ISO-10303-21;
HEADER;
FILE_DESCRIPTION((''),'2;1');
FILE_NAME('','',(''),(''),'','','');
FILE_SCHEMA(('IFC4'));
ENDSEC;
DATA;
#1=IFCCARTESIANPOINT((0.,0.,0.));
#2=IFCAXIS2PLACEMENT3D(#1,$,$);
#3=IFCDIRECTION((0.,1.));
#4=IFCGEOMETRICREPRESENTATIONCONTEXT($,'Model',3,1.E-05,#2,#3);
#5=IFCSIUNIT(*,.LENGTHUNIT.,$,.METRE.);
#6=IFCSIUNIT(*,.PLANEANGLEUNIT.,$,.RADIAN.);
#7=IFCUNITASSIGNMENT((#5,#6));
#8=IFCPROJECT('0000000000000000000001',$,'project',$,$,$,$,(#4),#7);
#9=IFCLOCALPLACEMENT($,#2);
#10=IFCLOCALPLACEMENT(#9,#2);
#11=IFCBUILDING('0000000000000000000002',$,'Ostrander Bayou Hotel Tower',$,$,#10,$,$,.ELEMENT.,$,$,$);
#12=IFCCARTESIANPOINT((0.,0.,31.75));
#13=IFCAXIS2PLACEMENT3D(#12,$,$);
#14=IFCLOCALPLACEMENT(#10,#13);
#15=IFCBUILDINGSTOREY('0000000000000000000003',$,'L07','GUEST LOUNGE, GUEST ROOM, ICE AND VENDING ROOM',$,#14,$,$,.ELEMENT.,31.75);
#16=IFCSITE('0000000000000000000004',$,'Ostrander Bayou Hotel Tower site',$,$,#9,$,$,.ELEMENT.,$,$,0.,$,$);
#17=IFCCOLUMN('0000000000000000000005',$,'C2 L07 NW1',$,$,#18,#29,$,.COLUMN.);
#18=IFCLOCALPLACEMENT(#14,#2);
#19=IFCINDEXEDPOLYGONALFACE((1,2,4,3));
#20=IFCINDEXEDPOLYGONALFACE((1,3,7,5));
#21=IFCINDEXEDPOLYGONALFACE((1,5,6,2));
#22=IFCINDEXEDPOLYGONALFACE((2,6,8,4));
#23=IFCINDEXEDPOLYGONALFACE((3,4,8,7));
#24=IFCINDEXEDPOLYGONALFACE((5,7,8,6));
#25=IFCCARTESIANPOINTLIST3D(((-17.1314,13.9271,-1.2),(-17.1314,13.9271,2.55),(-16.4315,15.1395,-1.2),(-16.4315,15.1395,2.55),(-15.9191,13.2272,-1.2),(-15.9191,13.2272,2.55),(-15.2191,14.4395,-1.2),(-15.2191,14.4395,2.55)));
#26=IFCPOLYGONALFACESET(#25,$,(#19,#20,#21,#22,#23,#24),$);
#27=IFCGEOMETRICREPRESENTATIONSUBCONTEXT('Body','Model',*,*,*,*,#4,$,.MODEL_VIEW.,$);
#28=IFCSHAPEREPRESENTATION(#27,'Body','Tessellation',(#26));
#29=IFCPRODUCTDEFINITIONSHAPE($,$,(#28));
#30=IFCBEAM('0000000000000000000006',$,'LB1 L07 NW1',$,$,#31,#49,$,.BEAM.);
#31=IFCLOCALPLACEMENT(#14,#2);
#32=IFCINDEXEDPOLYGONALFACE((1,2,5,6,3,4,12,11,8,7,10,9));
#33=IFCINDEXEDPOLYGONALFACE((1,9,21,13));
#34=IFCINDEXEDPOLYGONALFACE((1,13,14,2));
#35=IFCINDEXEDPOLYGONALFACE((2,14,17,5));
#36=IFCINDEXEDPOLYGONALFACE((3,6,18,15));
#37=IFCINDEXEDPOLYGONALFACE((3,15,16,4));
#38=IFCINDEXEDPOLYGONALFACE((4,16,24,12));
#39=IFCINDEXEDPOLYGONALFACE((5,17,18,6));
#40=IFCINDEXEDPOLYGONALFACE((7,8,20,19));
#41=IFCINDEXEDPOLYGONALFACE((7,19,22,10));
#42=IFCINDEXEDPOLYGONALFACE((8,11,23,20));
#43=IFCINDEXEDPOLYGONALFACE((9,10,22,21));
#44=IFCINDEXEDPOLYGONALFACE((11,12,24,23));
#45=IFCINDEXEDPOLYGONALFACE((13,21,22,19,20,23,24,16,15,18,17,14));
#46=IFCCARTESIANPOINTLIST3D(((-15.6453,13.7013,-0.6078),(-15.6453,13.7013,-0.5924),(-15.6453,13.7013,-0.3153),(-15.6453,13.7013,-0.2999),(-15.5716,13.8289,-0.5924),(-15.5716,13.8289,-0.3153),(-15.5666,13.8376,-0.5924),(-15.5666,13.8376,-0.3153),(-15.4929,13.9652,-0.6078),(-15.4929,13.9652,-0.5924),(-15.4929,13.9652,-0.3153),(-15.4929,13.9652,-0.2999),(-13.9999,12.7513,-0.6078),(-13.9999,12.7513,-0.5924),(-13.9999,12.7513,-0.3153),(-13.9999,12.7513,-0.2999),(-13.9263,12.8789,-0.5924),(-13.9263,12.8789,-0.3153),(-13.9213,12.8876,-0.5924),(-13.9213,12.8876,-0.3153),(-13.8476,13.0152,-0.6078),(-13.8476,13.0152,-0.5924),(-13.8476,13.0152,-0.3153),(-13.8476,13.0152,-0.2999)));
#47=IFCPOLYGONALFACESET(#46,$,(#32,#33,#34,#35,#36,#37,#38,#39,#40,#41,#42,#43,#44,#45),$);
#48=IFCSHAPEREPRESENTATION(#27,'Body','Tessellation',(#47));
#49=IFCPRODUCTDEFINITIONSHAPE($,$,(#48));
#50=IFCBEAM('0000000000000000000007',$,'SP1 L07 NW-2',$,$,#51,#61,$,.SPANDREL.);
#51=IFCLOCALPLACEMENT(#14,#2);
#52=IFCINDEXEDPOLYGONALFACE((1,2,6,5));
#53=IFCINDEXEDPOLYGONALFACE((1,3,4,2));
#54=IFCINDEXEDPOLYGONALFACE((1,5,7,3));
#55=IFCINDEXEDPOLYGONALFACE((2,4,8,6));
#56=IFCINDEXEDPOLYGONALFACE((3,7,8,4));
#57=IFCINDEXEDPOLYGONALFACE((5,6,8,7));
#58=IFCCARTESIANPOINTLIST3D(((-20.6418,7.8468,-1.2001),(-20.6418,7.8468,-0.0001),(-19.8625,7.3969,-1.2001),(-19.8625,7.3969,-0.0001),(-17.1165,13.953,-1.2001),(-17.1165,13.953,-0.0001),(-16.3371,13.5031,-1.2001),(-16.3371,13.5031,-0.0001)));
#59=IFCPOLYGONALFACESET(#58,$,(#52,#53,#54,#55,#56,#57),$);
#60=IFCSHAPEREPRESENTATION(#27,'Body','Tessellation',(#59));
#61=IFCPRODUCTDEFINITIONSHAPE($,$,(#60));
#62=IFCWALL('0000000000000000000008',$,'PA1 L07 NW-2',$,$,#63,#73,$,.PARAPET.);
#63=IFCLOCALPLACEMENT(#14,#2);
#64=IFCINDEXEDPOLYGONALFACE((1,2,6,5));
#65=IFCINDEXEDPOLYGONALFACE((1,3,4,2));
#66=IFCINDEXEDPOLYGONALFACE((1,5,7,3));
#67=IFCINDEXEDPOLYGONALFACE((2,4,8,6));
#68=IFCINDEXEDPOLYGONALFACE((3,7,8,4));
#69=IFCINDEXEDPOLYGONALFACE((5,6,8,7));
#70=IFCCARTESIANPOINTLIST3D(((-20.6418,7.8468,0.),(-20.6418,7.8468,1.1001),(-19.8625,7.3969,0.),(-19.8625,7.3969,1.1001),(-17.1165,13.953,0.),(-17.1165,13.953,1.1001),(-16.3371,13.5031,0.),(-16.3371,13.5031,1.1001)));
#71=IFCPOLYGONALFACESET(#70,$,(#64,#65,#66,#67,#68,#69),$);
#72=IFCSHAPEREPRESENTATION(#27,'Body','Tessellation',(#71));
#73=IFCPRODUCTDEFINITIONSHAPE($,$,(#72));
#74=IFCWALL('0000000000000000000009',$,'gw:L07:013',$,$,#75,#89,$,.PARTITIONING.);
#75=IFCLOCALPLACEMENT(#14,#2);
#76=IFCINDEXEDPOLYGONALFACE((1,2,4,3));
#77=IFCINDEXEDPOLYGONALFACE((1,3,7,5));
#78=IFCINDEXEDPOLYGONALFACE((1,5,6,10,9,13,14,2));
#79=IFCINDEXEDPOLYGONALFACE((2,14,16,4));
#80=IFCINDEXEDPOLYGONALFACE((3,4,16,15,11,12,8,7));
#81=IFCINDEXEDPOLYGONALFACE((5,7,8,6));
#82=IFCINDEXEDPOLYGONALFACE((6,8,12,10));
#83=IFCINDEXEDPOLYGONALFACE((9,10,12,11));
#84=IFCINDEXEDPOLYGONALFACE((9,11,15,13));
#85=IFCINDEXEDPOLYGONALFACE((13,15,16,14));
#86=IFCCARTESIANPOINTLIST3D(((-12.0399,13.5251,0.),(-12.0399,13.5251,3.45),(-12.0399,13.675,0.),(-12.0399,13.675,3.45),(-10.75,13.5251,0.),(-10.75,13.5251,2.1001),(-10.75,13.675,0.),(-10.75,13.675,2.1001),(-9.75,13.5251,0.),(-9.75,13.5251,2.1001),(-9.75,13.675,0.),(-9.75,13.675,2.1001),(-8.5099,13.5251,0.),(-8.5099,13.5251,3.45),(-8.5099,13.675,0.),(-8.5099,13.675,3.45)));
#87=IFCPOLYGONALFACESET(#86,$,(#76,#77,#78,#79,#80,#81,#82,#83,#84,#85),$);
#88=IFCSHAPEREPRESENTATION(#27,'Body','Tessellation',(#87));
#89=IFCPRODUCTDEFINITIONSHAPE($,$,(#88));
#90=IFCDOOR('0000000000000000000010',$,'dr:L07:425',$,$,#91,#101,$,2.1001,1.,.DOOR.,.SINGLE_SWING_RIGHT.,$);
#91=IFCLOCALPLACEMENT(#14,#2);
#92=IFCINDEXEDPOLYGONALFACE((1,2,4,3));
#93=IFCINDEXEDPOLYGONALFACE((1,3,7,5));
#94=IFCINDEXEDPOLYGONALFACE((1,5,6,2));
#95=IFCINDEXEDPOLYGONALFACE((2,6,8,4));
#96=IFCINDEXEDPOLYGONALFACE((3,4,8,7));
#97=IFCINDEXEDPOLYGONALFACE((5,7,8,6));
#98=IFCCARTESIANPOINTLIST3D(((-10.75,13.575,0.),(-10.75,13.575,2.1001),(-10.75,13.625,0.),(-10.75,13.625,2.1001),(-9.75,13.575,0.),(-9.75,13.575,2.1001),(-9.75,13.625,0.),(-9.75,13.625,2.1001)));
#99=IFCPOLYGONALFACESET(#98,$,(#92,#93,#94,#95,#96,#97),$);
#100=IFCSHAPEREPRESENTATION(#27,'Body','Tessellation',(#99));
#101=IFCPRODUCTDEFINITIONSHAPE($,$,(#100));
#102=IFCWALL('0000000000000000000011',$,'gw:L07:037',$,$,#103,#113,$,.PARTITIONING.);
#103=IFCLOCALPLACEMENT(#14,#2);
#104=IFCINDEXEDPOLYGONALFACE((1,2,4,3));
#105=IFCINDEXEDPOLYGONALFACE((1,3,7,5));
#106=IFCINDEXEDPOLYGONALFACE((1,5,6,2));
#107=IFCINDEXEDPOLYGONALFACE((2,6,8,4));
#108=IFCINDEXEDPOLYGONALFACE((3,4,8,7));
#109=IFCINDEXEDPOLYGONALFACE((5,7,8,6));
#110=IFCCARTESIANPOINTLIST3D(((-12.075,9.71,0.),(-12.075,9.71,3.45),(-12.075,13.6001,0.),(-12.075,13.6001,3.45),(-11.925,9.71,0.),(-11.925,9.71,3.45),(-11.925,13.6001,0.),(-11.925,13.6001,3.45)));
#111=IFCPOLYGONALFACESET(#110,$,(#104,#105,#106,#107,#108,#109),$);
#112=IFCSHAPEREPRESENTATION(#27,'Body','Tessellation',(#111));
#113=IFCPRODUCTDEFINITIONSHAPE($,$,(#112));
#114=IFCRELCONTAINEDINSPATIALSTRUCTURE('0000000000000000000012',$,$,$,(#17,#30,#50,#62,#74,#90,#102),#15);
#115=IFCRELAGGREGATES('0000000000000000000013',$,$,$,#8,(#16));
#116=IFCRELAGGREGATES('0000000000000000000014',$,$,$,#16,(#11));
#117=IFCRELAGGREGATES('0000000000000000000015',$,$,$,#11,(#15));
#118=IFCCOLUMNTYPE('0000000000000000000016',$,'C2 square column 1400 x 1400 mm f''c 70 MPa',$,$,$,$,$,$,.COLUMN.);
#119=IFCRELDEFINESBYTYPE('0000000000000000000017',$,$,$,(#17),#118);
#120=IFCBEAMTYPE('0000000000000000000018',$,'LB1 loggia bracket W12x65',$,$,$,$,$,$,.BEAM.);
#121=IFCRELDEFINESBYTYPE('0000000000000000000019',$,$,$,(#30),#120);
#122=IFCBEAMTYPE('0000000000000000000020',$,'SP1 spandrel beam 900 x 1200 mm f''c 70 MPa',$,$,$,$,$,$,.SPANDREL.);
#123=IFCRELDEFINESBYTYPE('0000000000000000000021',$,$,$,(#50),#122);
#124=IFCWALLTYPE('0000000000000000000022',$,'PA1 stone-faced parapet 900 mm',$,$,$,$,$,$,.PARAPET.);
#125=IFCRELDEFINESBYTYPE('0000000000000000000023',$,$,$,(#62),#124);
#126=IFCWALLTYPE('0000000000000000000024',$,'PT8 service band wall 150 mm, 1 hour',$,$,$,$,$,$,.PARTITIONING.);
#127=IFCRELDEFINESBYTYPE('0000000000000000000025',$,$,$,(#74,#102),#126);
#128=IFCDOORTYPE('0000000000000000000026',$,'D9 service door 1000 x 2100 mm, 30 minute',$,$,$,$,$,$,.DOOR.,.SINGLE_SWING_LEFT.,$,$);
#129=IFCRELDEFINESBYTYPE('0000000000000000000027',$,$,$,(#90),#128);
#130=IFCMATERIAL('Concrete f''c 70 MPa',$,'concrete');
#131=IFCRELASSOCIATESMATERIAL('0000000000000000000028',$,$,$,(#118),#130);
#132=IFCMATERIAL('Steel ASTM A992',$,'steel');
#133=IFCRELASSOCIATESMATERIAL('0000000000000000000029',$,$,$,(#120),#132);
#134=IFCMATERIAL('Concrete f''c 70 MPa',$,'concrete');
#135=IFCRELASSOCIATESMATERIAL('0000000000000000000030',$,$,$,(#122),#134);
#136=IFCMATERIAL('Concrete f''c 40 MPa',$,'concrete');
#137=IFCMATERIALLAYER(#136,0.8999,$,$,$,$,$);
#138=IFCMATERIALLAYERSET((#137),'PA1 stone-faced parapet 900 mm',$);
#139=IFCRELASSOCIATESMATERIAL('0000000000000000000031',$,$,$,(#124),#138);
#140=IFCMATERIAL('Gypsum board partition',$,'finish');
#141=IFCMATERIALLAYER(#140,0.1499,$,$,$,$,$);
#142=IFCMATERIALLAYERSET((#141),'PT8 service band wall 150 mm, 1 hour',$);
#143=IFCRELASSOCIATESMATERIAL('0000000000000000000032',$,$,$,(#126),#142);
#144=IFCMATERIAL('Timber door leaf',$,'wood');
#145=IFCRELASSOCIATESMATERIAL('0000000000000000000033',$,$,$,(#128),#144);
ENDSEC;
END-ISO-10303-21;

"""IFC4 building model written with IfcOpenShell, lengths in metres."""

from ifc_helpers import new_model, si_unit, direction, frame, frame_2d, origin, origin_2d, place, context, subcontext, project, spatial, rectangle, i_section, extrude, material, layer, layer_set, material_profile, profile_set, type_object, element, fill, save


model = new_model("IFC4")

# Units and contexts
model_context = context("Model", 3, precision=1e-05, world=origin(), true_north=direction((0.0, 1.0)))
body_context = subcontext(model_context, "Body", "Model", "MODEL_VIEW")
ifc_project = project(units=[si_unit("LENGTHUNIT", "METRE"), si_unit("PLANEANGLEUNIT", "RADIAN")], contexts=[model_context])

# Site, building, storey
site_placement = place(None, origin())
site = spatial("IfcSite", under=ifc_project, at=site_placement, Name="Ostrander Bayou Hotel Tower site", CompositionType="ELEMENT", RefElevation=0.0)
building_placement = place(site_placement, origin())
building = spatial("IfcBuilding", under=site, at=building_placement, Name="Ostrander Bayou Hotel Tower", CompositionType="ELEMENT")
storey_placement = place(building_placement, frame((0.0, 0.0, 31.75)))
storey = spatial("IfcBuildingStorey", under=building, at=storey_placement, Name="L07", Description="GUEST LOUNGE, GUEST ROOM, ICE AND VENDING ROOM", CompositionType="ELEMENT", Elevation=31.75)

# Column
ifc_material_1 = material(Name="Concrete f'c 70 MPa", Category="concrete")
ifc_material_profile_1 = material_profile(ifc_material_1, rectangle(XDim=1.3999, YDim=1.3999, at=origin_2d()))
ifc_profile_set_1 = profile_set([ifc_material_profile_1], Name="Concrete f'c 70 MPa")
column_type = type_object("IfcColumnType", Name="C2 square column 1400 x 1400 mm f'c 70 MPa", PredefinedType="COLUMN", material=ifc_profile_set_1)
column_placement = place(storey_placement, frame((-16.1753, 14.1833, -1.2), z_axis=(0.0, 0.0, 1.0), x_axis=(0.5, 0.866025, 0.0)))
element("IfcColumn", 1, at=column_placement, inside=storey, type_object=column_type, Name="C2 L07 NW1", PredefinedType="COLUMN", context=body_context, shape_type="SweptSolid", body=[
    extrude(rectangle(XDim=1.3999, YDim=1.3999, at=origin_2d()), origin(), (0.0, 0.0, 1.0), 3.75),
])

# Beams
ifc_material_2 = material(Name="Steel ASTM A992", Category="steel")
ifc_material_profile_2 = material_profile(ifc_material_2, i_section(OverallWidth=0.3047, OverallDepth=0.3079, WebThickness=0.01, FlangeThickness=0.0154, at=origin_2d()))
ifc_profile_set_2 = profile_set([ifc_material_profile_2], Name="Steel ASTM A992")
beam_type_1 = type_object("IfcBeamType", Name="LB1 loggia bracket W12x65", PredefinedType="BEAM", material=ifc_profile_set_2)
beam_1_placement = place(storey_placement, frame((-15.5691, 13.8333, -0.4539), z_axis=(0.866012, -0.500023, 0.0), x_axis=(0.500023, 0.866012, 0.0)))
element("IfcBeam", 2, at=beam_1_placement, inside=storey, type_object=beam_type_1, Name="LB1 L07 NW1", PredefinedType="BEAM", context=body_context, shape_type="SweptSolid", body=[
    extrude(i_section(OverallWidth=0.3047, OverallDepth=0.3079, WebThickness=0.01, FlangeThickness=0.0154, at=origin_2d()), origin(), (0.0, 0.0, 1.0), 1.8999),
])
ifc_material_3 = material(Name="Concrete f'c 70 MPa", Category="concrete")
ifc_material_profile_3 = material_profile(ifc_material_3, rectangle(XDim=0.8999, YDim=1.2, at=origin_2d()))
ifc_profile_set_3 = profile_set([ifc_material_profile_3], Name="Concrete f'c 70 MPa")
beam_type_2 = type_object("IfcBeamType", Name="SP1 spandrel beam 900 x 1200 mm f'c 70 MPa", PredefinedType="SPANDREL", material=ifc_profile_set_3)
beam_2_placement = place(storey_placement, frame((-16.7268, 13.728, -0.6001), z_axis=(-0.499997, -0.866027, 0.0), x_axis=(0.866027, -0.499997, 0.0)))
element("IfcBeam", 3, at=beam_2_placement, inside=storey, type_object=beam_type_2, Name="SP1 L07 NW-2", PredefinedType="SPANDREL", context=body_context, shape_type="SweptSolid", body=[
    extrude(rectangle(XDim=0.8999, YDim=1.2, at=origin_2d()), origin(), (0.0, 0.0, 1.0), 7.0508),
])

# Wall
ifc_material_4 = material(Name="Concrete f'c 40 MPa", Category="concrete")
ifc_layer_1 = layer(ifc_material_4, 0.8999)
ifc_layer_set_1 = layer_set([ifc_layer_1], Name="PA1 stone-faced parapet 900 mm")
wall_type_1 = type_object("IfcWallType", Name="PA1 stone-faced parapet 900 mm", PredefinedType="PARAPET", material=ifc_layer_set_1)
wall_1_placement = place(storey_placement, frame((-16.7268, 13.728, 0.0), z_axis=(0.0, 0.0, 1.0), x_axis=(-0.499997, -0.866027, 0.0)))
element("IfcWall", 4, at=wall_1_placement, inside=storey, type_object=wall_type_1, Name="PA1 L07 NW-2", PredefinedType="PARAPET", context=body_context, shape_type="SweptSolid", body=[
    extrude(rectangle(XDim=7.0508, YDim=0.8999, at=frame_2d((3.5254, 0.0))), origin(), (0.0, 0.0, 1.0), 1.1001),
])

# Wall, opening, door
ifc_material_5 = material(Name="Gypsum board partition", Category="finish")
ifc_layer_2 = layer(ifc_material_5, 0.1499)
ifc_layer_set_2 = layer_set([ifc_layer_2], Name="PT8 service band wall 150 mm, 1 hour")
wall_type_2 = type_object("IfcWallType", Name="PT8 service band wall 150 mm, 1 hour", PredefinedType="PARTITIONING", material=ifc_layer_set_2)
wall_2_placement = place(storey_placement, frame((-12.04, 13.6001, 0.0), z_axis=(0.0, 0.0, 1.0), x_axis=(1.0, 0.0, 0.0)))
wall_2 = element("IfcWall", 5, at=wall_2_placement, inside=storey, type_object=wall_type_2, Name="gw:L07:013", PredefinedType="PARTITIONING", context=body_context, shape_type="SweptSolid", body=[
    extrude(rectangle(XDim=3.53, YDim=0.1499, at=frame_2d((1.7651, 0.0))), origin(), (0.0, 0.0, 1.0), 3.45),
])
opening_placement = place(wall_2_placement, frame((1.29, 0.0, 0.0)))
opening = element("IfcOpeningElement", 6, at=opening_placement, cuts=wall_2, PredefinedType="OPENING", context=body_context, shape_type="SweptSolid", body=[
    extrude(rectangle(XDim=1.0, YDim=2.1001, at=frame_2d((0.5, 1.05))), frame((0.0, 0.075, 0.0), z_axis=(0.0, -1.0, 0.0), x_axis=(1.0, 0.0, 0.0)), (0.0, 0.0, 1.0), 0.1499),
])
ifc_material_6 = material(Name="Timber door leaf", Category="wood")
door_type = type_object("IfcDoorType", Name="D9 service door 1000 x 2100 mm, 30 minute", OperationType="SINGLE_SWING_LEFT", PredefinedType="DOOR", material=ifc_material_6)
door_placement = place(opening_placement, origin())
door = element("IfcDoor", 7, at=door_placement, inside=storey, type_object=door_type, Name="dr:L07:425", OperationType="SINGLE_SWING_RIGHT", OverallHeight=2.1001, OverallWidth=1.0, PredefinedType="DOOR", context=body_context, shape_type="SweptSolid", body=[
    extrude(rectangle(XDim=1.0, YDim=2.1001, at=frame_2d((0.5, 1.05))), frame((0.0, 0.0249, 0.0), z_axis=(0.0, -1.0, 0.0), x_axis=(1.0, 0.0, 0.0)), (0.0, 0.0, 1.0), 0.05),
])
fill(opening, door)

# Wall
wall_3_placement = place(storey_placement, frame((-12.0, 9.71, 0.0), z_axis=(0.0, 0.0, 1.0), x_axis=(0.0, 1.0, 0.0)))
element("IfcWall", 8, at=wall_3_placement, inside=storey, type_object=wall_type_2, Name="gw:L07:037", PredefinedType="PARTITIONING", context=body_context, shape_type="SweptSolid", body=[
    extrude(rectangle(XDim=3.8901, YDim=0.1499, at=frame_2d((1.9451, 0.0))), origin(), (0.0, 0.0, 1.0), 3.45),
])

save(model, "model.ifc")
